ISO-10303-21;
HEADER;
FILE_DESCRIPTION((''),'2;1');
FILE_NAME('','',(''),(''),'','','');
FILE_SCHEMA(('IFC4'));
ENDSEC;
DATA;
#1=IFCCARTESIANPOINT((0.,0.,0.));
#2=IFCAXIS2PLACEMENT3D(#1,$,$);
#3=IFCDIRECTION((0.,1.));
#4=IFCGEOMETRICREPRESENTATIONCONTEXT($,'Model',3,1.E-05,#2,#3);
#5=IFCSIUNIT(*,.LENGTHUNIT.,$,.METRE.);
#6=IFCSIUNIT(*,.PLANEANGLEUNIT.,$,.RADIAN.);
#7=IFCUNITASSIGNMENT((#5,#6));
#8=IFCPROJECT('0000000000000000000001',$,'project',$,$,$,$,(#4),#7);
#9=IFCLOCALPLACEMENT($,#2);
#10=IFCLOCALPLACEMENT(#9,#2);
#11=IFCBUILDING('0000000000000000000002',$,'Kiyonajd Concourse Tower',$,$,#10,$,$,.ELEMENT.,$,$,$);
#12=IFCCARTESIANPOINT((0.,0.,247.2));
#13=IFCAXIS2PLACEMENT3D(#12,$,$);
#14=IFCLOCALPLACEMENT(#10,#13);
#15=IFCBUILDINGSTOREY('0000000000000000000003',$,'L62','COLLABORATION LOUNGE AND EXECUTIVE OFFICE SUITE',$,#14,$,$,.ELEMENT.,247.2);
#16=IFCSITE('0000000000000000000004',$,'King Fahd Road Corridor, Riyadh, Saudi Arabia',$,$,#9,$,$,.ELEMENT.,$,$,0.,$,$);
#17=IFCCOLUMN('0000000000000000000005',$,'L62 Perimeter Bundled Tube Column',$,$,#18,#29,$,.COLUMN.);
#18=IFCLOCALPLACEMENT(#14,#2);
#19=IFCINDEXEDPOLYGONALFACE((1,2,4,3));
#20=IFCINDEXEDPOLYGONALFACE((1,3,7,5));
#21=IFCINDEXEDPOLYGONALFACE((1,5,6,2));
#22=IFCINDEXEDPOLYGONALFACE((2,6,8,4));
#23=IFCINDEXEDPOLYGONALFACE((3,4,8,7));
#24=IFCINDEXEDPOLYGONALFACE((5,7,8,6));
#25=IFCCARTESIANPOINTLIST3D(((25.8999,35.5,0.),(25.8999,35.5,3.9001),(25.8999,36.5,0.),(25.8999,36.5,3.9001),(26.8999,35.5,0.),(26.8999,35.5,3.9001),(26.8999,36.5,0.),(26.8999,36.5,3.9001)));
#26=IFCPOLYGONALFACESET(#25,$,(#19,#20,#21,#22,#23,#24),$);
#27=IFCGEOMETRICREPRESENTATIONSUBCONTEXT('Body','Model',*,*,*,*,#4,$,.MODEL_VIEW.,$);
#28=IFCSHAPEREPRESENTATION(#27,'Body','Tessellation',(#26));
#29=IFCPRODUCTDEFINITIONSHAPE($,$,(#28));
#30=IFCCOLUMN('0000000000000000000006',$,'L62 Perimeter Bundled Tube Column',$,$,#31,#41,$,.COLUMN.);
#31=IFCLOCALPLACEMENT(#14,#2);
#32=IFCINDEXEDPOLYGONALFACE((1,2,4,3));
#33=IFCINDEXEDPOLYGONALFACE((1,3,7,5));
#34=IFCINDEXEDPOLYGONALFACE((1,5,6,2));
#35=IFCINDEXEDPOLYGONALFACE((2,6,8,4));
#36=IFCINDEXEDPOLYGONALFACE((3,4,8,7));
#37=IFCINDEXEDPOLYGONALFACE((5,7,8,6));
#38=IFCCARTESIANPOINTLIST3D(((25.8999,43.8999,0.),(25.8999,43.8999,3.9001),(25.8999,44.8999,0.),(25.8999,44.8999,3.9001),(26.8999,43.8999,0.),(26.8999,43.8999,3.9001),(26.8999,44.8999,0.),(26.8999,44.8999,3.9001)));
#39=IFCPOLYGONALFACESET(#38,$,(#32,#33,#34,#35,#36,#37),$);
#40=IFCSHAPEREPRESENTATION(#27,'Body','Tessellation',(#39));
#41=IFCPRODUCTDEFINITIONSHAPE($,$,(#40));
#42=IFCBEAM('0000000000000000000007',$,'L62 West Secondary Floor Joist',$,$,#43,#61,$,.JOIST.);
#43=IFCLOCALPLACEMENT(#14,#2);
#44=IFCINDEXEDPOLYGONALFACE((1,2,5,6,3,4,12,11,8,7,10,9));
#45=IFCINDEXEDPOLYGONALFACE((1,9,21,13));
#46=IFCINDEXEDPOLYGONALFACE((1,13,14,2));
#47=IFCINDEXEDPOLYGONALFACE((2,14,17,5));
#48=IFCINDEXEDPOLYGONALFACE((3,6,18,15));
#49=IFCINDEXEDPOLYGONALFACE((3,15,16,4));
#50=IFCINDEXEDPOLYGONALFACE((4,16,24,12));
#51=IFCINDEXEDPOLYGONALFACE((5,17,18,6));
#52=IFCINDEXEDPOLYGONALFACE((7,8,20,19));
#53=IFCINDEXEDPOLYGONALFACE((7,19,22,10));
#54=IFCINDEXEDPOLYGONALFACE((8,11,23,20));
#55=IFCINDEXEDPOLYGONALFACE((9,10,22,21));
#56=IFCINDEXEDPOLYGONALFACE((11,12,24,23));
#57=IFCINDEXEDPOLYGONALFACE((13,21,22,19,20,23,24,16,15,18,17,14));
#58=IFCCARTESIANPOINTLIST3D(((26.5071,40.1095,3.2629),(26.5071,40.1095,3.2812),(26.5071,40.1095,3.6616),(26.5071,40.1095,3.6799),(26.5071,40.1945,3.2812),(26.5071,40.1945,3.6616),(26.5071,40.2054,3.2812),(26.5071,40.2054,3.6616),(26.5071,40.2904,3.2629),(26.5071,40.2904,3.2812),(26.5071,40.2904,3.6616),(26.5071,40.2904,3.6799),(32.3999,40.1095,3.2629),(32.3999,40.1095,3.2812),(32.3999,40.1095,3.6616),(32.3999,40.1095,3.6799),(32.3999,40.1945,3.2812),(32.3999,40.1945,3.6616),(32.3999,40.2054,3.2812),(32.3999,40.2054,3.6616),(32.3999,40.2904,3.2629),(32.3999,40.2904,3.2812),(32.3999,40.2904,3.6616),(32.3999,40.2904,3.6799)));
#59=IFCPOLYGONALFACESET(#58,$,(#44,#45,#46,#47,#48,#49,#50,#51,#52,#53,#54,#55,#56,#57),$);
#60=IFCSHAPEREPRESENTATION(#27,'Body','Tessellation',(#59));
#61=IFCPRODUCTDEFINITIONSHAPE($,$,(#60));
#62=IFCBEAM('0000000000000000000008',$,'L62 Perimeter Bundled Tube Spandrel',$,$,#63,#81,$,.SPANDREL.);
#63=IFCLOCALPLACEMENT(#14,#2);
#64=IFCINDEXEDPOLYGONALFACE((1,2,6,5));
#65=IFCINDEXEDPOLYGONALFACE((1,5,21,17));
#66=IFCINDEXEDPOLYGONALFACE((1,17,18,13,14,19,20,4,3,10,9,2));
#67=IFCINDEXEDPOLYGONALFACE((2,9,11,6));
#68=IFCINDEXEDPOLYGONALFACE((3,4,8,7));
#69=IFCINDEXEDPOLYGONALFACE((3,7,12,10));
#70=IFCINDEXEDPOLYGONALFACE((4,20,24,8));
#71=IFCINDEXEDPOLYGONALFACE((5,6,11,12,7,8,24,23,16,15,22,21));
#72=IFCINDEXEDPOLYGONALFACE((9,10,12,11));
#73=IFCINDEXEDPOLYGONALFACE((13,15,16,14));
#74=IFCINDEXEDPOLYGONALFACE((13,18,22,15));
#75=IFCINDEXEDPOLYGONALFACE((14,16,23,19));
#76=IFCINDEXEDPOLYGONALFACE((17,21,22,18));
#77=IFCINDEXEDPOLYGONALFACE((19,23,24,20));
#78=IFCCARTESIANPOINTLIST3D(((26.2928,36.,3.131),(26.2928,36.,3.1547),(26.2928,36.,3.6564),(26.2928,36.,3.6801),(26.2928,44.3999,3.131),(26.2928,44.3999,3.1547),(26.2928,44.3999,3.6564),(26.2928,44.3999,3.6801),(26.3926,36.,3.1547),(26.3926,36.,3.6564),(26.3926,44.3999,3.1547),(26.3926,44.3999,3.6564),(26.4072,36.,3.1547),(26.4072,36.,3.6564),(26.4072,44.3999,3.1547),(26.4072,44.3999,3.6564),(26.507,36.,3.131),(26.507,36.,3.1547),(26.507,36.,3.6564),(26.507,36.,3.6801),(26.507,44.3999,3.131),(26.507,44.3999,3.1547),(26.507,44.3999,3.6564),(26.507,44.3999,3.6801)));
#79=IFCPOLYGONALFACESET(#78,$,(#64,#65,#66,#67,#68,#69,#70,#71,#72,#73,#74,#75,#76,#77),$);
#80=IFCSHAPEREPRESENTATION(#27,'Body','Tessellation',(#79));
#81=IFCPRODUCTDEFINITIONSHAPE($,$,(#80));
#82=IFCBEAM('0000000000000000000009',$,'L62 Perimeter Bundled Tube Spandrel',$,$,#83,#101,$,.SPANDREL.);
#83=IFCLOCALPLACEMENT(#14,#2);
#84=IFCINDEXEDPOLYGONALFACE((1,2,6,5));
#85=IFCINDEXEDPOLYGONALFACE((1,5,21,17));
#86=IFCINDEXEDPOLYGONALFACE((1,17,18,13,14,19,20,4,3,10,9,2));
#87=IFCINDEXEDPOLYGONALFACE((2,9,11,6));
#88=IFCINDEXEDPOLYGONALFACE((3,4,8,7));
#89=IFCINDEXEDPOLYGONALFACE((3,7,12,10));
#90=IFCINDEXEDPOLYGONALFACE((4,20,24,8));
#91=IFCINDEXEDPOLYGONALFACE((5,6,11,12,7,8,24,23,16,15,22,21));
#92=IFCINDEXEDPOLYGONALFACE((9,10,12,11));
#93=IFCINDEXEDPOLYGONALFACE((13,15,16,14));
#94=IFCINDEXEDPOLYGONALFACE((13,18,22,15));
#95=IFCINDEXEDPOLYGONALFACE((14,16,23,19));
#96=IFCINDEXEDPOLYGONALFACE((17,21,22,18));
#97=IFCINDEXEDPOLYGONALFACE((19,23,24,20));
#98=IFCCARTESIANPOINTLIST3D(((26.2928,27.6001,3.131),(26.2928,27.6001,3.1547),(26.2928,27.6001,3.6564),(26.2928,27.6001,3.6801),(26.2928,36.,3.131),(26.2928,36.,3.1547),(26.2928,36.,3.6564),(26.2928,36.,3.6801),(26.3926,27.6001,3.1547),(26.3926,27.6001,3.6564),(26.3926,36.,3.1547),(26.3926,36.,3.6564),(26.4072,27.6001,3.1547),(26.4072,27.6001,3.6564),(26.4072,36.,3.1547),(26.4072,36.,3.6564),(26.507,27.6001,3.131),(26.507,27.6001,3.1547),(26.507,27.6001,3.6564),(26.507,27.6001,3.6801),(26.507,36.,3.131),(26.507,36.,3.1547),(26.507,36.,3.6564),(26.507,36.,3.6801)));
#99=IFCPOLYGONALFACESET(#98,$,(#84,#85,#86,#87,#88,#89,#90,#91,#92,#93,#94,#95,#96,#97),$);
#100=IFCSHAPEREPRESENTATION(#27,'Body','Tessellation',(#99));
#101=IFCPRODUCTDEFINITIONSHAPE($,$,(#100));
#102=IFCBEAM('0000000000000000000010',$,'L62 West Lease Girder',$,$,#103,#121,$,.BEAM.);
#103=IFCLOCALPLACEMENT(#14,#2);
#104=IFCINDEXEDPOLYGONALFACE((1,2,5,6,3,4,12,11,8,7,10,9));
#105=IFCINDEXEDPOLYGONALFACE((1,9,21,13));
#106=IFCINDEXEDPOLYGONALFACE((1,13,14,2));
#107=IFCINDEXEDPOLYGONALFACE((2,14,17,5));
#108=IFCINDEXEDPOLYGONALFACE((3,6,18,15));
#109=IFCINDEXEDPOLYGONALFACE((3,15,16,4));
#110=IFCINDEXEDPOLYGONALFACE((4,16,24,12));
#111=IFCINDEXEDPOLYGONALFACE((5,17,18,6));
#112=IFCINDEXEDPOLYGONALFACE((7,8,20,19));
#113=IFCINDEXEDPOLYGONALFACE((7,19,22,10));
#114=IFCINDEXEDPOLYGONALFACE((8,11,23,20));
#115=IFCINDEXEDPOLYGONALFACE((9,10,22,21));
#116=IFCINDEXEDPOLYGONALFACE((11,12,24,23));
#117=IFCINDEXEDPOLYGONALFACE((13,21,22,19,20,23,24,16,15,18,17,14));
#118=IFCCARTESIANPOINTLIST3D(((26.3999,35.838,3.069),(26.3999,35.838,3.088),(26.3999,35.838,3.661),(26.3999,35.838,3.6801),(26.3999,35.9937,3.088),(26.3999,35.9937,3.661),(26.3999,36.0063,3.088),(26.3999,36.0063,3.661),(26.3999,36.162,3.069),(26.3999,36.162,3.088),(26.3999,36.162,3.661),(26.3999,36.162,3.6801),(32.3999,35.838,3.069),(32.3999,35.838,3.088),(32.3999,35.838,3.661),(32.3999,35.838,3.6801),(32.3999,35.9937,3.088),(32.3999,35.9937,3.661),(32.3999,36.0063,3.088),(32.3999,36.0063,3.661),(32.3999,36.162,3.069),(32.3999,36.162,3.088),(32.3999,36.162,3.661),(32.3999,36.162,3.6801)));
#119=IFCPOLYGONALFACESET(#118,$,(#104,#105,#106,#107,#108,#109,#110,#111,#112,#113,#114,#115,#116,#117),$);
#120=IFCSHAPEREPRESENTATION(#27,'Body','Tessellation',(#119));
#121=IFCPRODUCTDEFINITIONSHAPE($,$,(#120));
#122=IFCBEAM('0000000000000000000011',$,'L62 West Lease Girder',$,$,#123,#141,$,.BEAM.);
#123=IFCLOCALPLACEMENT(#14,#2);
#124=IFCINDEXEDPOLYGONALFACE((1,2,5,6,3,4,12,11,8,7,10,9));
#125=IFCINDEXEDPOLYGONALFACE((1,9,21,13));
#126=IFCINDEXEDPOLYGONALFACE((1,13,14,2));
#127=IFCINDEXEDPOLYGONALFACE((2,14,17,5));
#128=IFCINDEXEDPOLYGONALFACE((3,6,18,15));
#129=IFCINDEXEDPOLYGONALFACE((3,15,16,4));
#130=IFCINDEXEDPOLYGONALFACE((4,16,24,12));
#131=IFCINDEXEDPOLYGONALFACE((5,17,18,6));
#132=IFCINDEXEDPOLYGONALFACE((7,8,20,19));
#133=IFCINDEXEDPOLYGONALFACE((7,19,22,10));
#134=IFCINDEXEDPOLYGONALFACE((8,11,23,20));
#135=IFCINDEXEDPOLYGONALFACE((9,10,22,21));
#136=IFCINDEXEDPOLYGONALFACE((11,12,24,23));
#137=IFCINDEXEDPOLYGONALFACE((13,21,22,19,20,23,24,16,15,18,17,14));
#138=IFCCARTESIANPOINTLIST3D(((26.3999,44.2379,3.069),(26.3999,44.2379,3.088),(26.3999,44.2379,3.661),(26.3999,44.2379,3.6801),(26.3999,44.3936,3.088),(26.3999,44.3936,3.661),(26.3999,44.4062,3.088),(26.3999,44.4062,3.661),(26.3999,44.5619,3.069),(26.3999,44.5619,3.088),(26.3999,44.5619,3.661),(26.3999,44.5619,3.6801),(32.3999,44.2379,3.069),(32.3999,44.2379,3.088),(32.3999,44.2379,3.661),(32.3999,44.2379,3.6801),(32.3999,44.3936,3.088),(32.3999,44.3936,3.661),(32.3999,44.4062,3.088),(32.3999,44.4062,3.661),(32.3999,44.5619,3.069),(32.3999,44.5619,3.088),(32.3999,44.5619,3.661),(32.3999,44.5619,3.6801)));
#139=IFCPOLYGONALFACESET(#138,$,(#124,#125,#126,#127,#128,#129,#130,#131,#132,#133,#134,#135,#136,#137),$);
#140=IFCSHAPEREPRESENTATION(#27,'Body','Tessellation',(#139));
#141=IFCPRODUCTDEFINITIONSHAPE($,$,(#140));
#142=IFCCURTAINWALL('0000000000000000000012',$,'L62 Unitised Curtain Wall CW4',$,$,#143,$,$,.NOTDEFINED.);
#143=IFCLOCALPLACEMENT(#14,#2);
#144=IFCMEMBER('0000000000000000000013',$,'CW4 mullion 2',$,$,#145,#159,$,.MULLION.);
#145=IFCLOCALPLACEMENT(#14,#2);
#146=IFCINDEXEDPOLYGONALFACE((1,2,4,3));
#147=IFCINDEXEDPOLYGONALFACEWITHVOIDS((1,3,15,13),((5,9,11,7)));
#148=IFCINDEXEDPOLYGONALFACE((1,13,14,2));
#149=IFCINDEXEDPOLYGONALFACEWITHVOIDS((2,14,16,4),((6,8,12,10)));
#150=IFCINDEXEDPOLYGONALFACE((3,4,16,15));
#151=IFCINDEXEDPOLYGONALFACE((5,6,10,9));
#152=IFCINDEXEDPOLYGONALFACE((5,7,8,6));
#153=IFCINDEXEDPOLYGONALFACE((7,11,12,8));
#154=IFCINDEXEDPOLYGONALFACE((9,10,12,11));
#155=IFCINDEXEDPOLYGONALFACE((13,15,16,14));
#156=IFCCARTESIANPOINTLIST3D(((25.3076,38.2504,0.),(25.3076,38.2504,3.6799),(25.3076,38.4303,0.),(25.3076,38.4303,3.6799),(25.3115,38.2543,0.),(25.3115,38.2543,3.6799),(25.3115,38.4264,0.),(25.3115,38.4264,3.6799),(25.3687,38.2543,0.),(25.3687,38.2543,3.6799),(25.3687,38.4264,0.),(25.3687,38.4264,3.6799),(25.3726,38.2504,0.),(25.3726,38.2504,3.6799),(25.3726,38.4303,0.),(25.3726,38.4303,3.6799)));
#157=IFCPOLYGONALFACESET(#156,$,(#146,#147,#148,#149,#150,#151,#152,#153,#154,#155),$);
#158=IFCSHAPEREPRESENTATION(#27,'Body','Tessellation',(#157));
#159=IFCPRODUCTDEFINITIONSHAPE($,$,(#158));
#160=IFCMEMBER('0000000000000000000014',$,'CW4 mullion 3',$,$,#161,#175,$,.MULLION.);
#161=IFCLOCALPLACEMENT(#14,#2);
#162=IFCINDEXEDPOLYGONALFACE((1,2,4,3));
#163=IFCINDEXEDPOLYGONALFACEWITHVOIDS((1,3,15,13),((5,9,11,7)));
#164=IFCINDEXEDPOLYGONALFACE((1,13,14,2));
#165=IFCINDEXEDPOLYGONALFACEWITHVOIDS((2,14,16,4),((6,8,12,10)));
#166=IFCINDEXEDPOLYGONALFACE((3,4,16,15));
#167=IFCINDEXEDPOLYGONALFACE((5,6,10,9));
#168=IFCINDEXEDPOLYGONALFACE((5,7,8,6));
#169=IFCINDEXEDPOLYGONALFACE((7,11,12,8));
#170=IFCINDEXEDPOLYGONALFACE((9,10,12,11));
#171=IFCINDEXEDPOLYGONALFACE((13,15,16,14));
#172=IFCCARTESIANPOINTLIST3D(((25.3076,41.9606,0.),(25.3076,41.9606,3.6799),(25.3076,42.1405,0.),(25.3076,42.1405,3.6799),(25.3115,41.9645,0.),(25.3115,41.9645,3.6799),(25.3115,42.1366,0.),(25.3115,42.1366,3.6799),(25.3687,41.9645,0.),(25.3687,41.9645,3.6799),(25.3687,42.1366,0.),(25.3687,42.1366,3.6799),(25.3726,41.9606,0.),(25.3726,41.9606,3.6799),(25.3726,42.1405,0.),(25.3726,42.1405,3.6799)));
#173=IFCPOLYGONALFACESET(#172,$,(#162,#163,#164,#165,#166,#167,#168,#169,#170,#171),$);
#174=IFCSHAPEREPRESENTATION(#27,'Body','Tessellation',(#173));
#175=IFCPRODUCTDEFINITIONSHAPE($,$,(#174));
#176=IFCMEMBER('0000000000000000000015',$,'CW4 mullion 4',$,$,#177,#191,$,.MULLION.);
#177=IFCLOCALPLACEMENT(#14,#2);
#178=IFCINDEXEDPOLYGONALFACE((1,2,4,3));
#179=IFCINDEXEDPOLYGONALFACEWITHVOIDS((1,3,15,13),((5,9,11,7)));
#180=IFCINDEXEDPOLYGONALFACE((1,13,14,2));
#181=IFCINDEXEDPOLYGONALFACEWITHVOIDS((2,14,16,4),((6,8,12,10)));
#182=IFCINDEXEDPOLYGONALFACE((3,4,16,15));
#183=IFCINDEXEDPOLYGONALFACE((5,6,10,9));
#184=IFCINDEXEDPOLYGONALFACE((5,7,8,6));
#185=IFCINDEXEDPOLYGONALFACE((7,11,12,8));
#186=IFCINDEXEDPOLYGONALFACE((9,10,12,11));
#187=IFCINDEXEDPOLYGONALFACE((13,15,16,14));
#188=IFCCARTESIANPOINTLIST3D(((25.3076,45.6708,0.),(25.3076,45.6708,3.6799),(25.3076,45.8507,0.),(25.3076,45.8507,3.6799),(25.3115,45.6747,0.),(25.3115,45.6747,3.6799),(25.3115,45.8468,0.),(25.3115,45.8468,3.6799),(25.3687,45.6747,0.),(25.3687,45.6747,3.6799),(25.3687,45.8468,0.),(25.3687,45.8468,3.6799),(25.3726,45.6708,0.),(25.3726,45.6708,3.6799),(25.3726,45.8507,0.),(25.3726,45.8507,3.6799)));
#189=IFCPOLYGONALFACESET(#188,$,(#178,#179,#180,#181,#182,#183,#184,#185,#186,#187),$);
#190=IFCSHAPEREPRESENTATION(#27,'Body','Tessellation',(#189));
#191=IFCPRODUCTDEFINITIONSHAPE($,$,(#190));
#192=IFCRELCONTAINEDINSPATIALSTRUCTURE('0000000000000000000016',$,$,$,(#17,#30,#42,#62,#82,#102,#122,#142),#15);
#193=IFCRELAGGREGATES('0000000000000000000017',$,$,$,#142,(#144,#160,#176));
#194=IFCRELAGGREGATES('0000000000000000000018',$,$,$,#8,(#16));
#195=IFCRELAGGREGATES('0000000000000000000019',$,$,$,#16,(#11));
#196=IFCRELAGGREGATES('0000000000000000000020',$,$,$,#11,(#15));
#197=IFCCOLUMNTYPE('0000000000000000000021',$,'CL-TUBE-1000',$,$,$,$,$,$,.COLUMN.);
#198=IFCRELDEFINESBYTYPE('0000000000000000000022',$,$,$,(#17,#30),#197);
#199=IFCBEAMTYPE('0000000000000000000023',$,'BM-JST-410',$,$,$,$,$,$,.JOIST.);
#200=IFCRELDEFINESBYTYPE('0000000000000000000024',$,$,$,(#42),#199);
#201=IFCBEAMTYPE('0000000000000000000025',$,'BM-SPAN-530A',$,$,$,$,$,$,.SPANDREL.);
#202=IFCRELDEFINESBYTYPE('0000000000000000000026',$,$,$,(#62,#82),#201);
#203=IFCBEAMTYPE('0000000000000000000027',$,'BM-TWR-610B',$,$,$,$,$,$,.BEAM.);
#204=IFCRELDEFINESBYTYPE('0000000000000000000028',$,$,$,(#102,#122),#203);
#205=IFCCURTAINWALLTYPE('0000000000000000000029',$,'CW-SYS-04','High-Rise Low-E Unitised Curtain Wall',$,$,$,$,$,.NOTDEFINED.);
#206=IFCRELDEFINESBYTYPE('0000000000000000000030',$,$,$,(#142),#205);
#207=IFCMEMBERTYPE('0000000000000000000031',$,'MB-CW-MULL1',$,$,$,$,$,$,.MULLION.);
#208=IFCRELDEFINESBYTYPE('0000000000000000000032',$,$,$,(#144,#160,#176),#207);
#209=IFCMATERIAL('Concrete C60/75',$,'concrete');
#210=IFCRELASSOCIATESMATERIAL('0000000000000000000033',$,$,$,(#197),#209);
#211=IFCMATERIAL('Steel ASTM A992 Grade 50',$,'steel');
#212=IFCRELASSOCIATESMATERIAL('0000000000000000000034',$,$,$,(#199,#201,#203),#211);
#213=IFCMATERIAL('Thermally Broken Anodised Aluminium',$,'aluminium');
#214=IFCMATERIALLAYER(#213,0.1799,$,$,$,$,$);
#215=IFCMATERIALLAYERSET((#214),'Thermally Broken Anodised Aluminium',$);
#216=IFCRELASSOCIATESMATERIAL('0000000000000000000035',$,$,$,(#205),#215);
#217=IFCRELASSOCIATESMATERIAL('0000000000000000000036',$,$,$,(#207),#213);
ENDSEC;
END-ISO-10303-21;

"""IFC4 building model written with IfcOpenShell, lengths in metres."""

from ifc_helpers import new_model, si_unit, direction, frame, origin, origin_2d, place, context, subcontext, project, spatial, rectangle, hollow_rectangle, i_section, extrude, material, layer, layer_set, material_profile, profile_set, type_object, element, aggregate, save


model = new_model("IFC4")

# Units and contexts
model_context = context("Model", 3, precision=1e-05, world=origin(), true_north=direction((0.0, 1.0)))
body_context = subcontext(model_context, "Body", "Model", "MODEL_VIEW")
ifc_project = project(units=[si_unit("LENGTHUNIT", "METRE"), si_unit("PLANEANGLEUNIT", "RADIAN")], contexts=[model_context])

# Site, building, storey
site_placement = place(None, origin())
site = spatial("IfcSite", under=ifc_project, at=site_placement, Name="King Fahd Road Corridor, Riyadh, Saudi Arabia", CompositionType="ELEMENT", RefElevation=0.0)
building_placement = place(site_placement, origin())
building = spatial("IfcBuilding", under=site, at=building_placement, Name="Kiyonajd Concourse Tower", CompositionType="ELEMENT")
storey_placement = place(building_placement, frame((0.0, 0.0, 247.2)))
storey = spatial("IfcBuildingStorey", under=building, at=storey_placement, Name="L62", Description="COLLABORATION LOUNGE AND EXECUTIVE OFFICE SUITE", CompositionType="ELEMENT", Elevation=247.2)

# Columns
ifc_material_1 = material(Name="Concrete C60/75", Category="concrete")
ifc_material_profile_1 = material_profile(ifc_material_1, rectangle(XDim=1.0, YDim=1.0, at=origin_2d()), Name="RC-1000x1000")
ifc_profile_set_1 = profile_set([ifc_material_profile_1], Name="Concrete C60/75")
column_type = type_object("IfcColumnType", Name="CL-TUBE-1000", PredefinedType="COLUMN", material=ifc_profile_set_1)
for number, where, z_axis, x_axis, name in (
    (1, (26.3999, 36.0, 0.0), (0.0, 0.0, 1.0), (1.0, 0.0, 0.0), "L62 Perimeter Bundled Tube Column"),
    (2, (26.3999, 44.3999, 0.0), (0.0, 0.0, 1.0), (1.0, 0.0, 0.0), "L62 Perimeter Bundled Tube Column"),
):
    element("IfcColumn", number, at=place(storey_placement, frame(where, z_axis=z_axis, x_axis=x_axis)), inside=storey, type_object=column_type, Name=name, PredefinedType="COLUMN", context=body_context, shape_type="SweptSolid", body=[
        extrude(rectangle(XDim=1.0, YDim=1.0, at=origin_2d()), origin(), (0.0, 0.0, 1.0), 3.9001),
    ])

# Beams
ifc_material_2 = material(Name="Steel ASTM A992 Grade 50", Category="steel")
ifc_material_profile_2 = material_profile(ifc_material_2, i_section(OverallWidth=0.1809, OverallDepth=0.417, WebThickness=0.011, FlangeThickness=0.0183, at=origin_2d()), Name="W410X85")
ifc_profile_set_2 = profile_set([ifc_material_profile_2], Name="Steel ASTM A992 Grade 50")
beam_type_1 = type_object("IfcBeamType", Name="BM-JST-410", PredefinedType="JOIST", material=ifc_profile_set_2)
beam_placement = place(storey_placement, frame((26.5071, 40.2, 3.4714), z_axis=(1.0, 0.0, 0.0), x_axis=(0.0, 1.0, 0.0)))
element("IfcBeam", 3, at=beam_placement, inside=storey, type_object=beam_type_1, Name="L62 West Secondary Floor Joist", PredefinedType="JOIST", context=body_context, shape_type="SweptSolid", body=[
    extrude(i_section(OverallWidth=0.1809, OverallDepth=0.417, WebThickness=0.011, FlangeThickness=0.0183, at=origin_2d()), origin(), (0.0, 0.0, 1.0), 5.8928),
])
ifc_material_profile_3 = material_profile(ifc_material_2, i_section(OverallWidth=0.2141, OverallDepth=0.5491, WebThickness=0.0146, FlangeThickness=0.0237, at=origin_2d()), Name="W530X138")
ifc_profile_set_3 = profile_set([ifc_material_profile_3], Name="Steel ASTM A992 Grade 50")
beam_type_2 = type_object("IfcBeamType", Name="BM-SPAN-530A", PredefinedType="SPANDREL", material=ifc_profile_set_3)
for number, where, z_axis, x_axis, name in (
    (4, (26.3999, 44.3999, 3.4055), (0.0, -1.0, 0.0), (1.0, 0.0, 0.0), "L62 Perimeter Bundled Tube Spandrel"),
    (5, (26.3999, 36.0, 3.4055), (0.0, -1.0, 0.0), (1.0, 0.0, 0.0), "L62 Perimeter Bundled Tube Spandrel"),
):
    element("IfcBeam", number, at=place(storey_placement, frame(where, z_axis=z_axis, x_axis=x_axis)), inside=storey, type_object=beam_type_2, Name=name, PredefinedType="SPANDREL", context=body_context, shape_type="SweptSolid", body=[
        extrude(i_section(OverallWidth=0.2141, OverallDepth=0.5491, WebThickness=0.0146, FlangeThickness=0.0237, at=origin_2d()), origin(), (0.0, 0.0, 1.0), 8.3999),
    ])
ifc_material_profile_4 = material_profile(ifc_material_2, i_section(OverallWidth=0.324, OverallDepth=0.6111, WebThickness=0.0127, FlangeThickness=0.019, at=origin_2d()), Name="W610X155")
ifc_profile_set_4 = profile_set([ifc_material_profile_4], Name="Steel ASTM A992 Grade 50")
beam_type_3 = type_object("IfcBeamType", Name="BM-TWR-610B", PredefinedType="BEAM", material=ifc_profile_set_4)
for number, where, z_axis, x_axis, name in (
    (6, (26.3999, 36.0, 3.3745), (1.0, 0.0, 0.0), (0.0, 1.0, 0.0), "L62 West Lease Girder"),
    (7, (26.3999, 44.3999, 3.3745), (1.0, 0.0, 0.0), (0.0, 1.0, 0.0), "L62 West Lease Girder"),
):
    element("IfcBeam", number, at=place(storey_placement, frame(where, z_axis=z_axis, x_axis=x_axis)), inside=storey, type_object=beam_type_3, Name=name, PredefinedType="BEAM", context=body_context, shape_type="SweptSolid", body=[
        extrude(i_section(OverallWidth=0.324, OverallDepth=0.6111, WebThickness=0.0127, FlangeThickness=0.019, at=origin_2d()), origin(), (0.0, 0.0, 1.0), 6.0),
    ])

# Curtain wall, members
ifc_material_3 = material(Name="Thermally Broken Anodised Aluminium", Category="aluminium")
ifc_layer_1 = layer(ifc_material_3, 0.1799)
ifc_layer_set_1 = layer_set([ifc_layer_1], Name="Thermally Broken Anodised Aluminium")
curtain_wall_type = type_object("IfcCurtainWallType", Name="CW-SYS-04", Description="High-Rise Low-E Unitised Curtain Wall", PredefinedType="NOTDEFINED", material=ifc_layer_set_1)
curtain_wall_placement = place(storey_placement, origin())
curtain_wall = element("IfcCurtainWall", 8, at=curtain_wall_placement, inside=storey, type_object=curtain_wall_type, Name="L62 Unitised Curtain Wall CW4", PredefinedType="NOTDEFINED")
ifc_material_profile_5 = material_profile(ifc_material_3, hollow_rectangle(XDim=0.0649, YDim=0.1799, WallThickness=0.0039, at=origin_2d()), Name="MULL-65x180")
ifc_profile_set_5 = profile_set([ifc_material_profile_5], Name="Thermally Broken Anodised Aluminium")
member_type_1 = type_object("IfcMemberType", Name="MB-CW-MULL1", PredefinedType="MULLION", material=ifc_profile_set_5)
member_1_placement = place(storey_placement, frame((25.3401, 38.3403, 0.0), z_axis=(0.0, 0.0, 1.0), x_axis=(-1.0, 0.0, 0.0)))
member_1 = element("IfcMember", 9, at=member_1_placement, type_object=member_type_1, Name="CW4 mullion 2", PredefinedType="MULLION", context=body_context, shape_type="SweptSolid", body=[
    extrude(hollow_rectangle(XDim=0.0649, YDim=0.1799, WallThickness=0.0039, at=origin_2d()), origin(), (0.0, 0.0, 1.0), 3.6799),
])
member_2_placement = place(storey_placement, frame((25.3401, 42.0505, 0.0), z_axis=(0.0, 0.0, 1.0), x_axis=(-1.0, 0.0, 0.0)))
member_2 = element("IfcMember", 10, at=member_2_placement, type_object=member_type_1, Name="CW4 mullion 3", PredefinedType="MULLION", context=body_context, shape_type="SweptSolid", body=[
    extrude(hollow_rectangle(XDim=0.0649, YDim=0.1799, WallThickness=0.0039, at=origin_2d()), origin(), (0.0, 0.0, 1.0), 3.6799),
])
member_3_placement = place(storey_placement, frame((25.3401, 45.7607, 0.0), z_axis=(0.0, 0.0, 1.0), x_axis=(-1.0, 0.0, 0.0)))
member_3 = element("IfcMember", 11, at=member_3_placement, type_object=member_type_1, Name="CW4 mullion 4", PredefinedType="MULLION", context=body_context, shape_type="SweptSolid", body=[
    extrude(hollow_rectangle(XDim=0.0649, YDim=0.1799, WallThickness=0.0039, at=origin_2d()), origin(), (0.0, 0.0, 1.0), 3.6799),
])
aggregate(curtain_wall, [member_1, member_2, member_3])

save(model, "model.ifc")
